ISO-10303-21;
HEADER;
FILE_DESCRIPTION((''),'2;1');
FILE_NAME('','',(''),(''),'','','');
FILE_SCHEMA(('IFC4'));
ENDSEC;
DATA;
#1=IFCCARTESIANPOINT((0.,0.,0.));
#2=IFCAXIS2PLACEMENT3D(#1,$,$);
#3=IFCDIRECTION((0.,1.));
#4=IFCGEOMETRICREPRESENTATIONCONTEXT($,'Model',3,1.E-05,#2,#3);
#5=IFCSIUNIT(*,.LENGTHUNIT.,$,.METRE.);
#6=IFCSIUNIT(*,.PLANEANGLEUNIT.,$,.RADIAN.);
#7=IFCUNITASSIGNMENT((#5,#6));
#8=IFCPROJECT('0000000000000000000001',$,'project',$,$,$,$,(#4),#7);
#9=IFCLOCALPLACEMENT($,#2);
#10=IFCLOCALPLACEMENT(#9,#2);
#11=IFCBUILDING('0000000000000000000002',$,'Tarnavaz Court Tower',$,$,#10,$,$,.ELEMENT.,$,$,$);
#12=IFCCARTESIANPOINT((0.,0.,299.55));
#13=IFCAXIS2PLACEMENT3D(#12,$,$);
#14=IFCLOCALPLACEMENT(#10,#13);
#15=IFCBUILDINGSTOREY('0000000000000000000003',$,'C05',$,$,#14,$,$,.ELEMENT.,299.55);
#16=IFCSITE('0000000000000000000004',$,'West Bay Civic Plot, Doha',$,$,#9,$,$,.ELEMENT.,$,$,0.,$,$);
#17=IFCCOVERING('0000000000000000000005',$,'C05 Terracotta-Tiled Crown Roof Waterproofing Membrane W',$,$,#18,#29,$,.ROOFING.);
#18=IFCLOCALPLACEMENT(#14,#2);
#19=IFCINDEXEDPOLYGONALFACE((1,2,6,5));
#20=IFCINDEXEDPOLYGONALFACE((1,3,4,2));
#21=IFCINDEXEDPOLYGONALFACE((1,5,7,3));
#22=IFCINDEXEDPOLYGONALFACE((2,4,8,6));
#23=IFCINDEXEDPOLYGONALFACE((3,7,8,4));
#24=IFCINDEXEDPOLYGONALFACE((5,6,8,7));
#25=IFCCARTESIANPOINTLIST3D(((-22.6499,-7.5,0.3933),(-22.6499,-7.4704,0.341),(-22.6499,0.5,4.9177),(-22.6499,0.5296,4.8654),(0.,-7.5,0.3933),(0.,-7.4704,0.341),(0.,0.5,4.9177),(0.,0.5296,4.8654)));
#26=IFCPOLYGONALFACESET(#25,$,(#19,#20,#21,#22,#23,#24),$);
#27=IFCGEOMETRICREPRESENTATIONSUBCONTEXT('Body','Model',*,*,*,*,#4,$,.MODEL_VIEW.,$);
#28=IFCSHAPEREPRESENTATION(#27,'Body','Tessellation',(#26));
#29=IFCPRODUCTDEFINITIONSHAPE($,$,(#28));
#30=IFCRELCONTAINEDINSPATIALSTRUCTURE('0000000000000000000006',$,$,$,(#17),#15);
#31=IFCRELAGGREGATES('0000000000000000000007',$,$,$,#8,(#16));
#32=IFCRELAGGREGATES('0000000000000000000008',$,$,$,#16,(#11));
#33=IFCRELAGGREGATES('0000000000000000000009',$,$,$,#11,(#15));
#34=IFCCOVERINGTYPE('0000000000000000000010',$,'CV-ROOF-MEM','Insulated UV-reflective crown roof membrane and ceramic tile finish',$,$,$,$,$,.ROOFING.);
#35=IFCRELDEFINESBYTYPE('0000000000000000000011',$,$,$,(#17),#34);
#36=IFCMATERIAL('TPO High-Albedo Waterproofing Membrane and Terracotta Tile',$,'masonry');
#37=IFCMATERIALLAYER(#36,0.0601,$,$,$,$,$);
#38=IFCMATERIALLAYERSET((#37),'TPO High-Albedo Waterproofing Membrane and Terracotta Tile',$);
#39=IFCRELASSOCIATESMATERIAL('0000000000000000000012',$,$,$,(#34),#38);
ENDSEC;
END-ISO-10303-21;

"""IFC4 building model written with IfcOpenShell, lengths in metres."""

from ifc_helpers import new_model, si_unit, direction, frame, origin, place, context, subcontext, project, spatial, polyline, outline, extrude, material, layer, layer_set, type_object, element, save


model = new_model("IFC4")

# Units and contexts
model_context = context("Model", 3, precision=1e-05, world=origin(), true_north=direction((0.0, 1.0)))
body_context = subcontext(model_context, "Body", "Model", "MODEL_VIEW")
ifc_project = project(units=[si_unit("LENGTHUNIT", "METRE"), si_unit("PLANEANGLEUNIT", "RADIAN")], contexts=[model_context])

# Site, building, storey
site_placement = place(None, origin())
site = spatial("IfcSite", under=ifc_project, at=site_placement, Name="West Bay Civic Plot, Doha", CompositionType="ELEMENT", RefElevation=0.0)
building_placement = place(site_placement, origin())
building = spatial("IfcBuilding", under=site, at=building_placement, Name="Tarnavaz Court Tower", CompositionType="ELEMENT")
storey_placement = place(building_placement, frame((0.0, 0.0, 299.55)))
storey = spatial("IfcBuildingStorey", under=building, at=storey_placement, Name="C05", CompositionType="ELEMENT", Elevation=299.55)

# Covering
ifc_material_1 = material(Name="TPO High-Albedo Waterproofing Membrane and Terracotta Tile", Category="masonry")
ifc_layer_1 = layer(ifc_material_1, 0.0601)
ifc_layer_set_1 = layer_set([ifc_layer_1], Name="TPO High-Albedo Waterproofing Membrane and Terracotta Tile")
covering_type = type_object("IfcCoveringType", Name="CV-ROOF-MEM", Description="Insulated UV-reflective crown roof membrane and ceramic tile finish", PredefinedType="ROOFING", material=ifc_layer_set_1)
covering_placement = place(storey_placement, frame((-22.6499, 0.5, 4.9177), z_axis=(0.0, -0.492278, 0.870438), x_axis=(1.0, 0.0, 0.0)))
element("IfcCovering", 1, at=covering_placement, inside=storey, type_object=covering_type, Name="C05 Terracotta-Tiled Crown Roof Waterproofing Membrane W", PredefinedType="ROOFING", context=body_context, shape_type="SweptSolid", body=[
    extrude(outline(polyline([(0.0, 0.0), (22.6499, 0.0), (22.6499, -9.1908), (0.0, -9.1908), (0.0, 0.0)])), origin(), (0.0, 0.0, -1.0), 0.0601),
])

save(model, "model.ifc")
